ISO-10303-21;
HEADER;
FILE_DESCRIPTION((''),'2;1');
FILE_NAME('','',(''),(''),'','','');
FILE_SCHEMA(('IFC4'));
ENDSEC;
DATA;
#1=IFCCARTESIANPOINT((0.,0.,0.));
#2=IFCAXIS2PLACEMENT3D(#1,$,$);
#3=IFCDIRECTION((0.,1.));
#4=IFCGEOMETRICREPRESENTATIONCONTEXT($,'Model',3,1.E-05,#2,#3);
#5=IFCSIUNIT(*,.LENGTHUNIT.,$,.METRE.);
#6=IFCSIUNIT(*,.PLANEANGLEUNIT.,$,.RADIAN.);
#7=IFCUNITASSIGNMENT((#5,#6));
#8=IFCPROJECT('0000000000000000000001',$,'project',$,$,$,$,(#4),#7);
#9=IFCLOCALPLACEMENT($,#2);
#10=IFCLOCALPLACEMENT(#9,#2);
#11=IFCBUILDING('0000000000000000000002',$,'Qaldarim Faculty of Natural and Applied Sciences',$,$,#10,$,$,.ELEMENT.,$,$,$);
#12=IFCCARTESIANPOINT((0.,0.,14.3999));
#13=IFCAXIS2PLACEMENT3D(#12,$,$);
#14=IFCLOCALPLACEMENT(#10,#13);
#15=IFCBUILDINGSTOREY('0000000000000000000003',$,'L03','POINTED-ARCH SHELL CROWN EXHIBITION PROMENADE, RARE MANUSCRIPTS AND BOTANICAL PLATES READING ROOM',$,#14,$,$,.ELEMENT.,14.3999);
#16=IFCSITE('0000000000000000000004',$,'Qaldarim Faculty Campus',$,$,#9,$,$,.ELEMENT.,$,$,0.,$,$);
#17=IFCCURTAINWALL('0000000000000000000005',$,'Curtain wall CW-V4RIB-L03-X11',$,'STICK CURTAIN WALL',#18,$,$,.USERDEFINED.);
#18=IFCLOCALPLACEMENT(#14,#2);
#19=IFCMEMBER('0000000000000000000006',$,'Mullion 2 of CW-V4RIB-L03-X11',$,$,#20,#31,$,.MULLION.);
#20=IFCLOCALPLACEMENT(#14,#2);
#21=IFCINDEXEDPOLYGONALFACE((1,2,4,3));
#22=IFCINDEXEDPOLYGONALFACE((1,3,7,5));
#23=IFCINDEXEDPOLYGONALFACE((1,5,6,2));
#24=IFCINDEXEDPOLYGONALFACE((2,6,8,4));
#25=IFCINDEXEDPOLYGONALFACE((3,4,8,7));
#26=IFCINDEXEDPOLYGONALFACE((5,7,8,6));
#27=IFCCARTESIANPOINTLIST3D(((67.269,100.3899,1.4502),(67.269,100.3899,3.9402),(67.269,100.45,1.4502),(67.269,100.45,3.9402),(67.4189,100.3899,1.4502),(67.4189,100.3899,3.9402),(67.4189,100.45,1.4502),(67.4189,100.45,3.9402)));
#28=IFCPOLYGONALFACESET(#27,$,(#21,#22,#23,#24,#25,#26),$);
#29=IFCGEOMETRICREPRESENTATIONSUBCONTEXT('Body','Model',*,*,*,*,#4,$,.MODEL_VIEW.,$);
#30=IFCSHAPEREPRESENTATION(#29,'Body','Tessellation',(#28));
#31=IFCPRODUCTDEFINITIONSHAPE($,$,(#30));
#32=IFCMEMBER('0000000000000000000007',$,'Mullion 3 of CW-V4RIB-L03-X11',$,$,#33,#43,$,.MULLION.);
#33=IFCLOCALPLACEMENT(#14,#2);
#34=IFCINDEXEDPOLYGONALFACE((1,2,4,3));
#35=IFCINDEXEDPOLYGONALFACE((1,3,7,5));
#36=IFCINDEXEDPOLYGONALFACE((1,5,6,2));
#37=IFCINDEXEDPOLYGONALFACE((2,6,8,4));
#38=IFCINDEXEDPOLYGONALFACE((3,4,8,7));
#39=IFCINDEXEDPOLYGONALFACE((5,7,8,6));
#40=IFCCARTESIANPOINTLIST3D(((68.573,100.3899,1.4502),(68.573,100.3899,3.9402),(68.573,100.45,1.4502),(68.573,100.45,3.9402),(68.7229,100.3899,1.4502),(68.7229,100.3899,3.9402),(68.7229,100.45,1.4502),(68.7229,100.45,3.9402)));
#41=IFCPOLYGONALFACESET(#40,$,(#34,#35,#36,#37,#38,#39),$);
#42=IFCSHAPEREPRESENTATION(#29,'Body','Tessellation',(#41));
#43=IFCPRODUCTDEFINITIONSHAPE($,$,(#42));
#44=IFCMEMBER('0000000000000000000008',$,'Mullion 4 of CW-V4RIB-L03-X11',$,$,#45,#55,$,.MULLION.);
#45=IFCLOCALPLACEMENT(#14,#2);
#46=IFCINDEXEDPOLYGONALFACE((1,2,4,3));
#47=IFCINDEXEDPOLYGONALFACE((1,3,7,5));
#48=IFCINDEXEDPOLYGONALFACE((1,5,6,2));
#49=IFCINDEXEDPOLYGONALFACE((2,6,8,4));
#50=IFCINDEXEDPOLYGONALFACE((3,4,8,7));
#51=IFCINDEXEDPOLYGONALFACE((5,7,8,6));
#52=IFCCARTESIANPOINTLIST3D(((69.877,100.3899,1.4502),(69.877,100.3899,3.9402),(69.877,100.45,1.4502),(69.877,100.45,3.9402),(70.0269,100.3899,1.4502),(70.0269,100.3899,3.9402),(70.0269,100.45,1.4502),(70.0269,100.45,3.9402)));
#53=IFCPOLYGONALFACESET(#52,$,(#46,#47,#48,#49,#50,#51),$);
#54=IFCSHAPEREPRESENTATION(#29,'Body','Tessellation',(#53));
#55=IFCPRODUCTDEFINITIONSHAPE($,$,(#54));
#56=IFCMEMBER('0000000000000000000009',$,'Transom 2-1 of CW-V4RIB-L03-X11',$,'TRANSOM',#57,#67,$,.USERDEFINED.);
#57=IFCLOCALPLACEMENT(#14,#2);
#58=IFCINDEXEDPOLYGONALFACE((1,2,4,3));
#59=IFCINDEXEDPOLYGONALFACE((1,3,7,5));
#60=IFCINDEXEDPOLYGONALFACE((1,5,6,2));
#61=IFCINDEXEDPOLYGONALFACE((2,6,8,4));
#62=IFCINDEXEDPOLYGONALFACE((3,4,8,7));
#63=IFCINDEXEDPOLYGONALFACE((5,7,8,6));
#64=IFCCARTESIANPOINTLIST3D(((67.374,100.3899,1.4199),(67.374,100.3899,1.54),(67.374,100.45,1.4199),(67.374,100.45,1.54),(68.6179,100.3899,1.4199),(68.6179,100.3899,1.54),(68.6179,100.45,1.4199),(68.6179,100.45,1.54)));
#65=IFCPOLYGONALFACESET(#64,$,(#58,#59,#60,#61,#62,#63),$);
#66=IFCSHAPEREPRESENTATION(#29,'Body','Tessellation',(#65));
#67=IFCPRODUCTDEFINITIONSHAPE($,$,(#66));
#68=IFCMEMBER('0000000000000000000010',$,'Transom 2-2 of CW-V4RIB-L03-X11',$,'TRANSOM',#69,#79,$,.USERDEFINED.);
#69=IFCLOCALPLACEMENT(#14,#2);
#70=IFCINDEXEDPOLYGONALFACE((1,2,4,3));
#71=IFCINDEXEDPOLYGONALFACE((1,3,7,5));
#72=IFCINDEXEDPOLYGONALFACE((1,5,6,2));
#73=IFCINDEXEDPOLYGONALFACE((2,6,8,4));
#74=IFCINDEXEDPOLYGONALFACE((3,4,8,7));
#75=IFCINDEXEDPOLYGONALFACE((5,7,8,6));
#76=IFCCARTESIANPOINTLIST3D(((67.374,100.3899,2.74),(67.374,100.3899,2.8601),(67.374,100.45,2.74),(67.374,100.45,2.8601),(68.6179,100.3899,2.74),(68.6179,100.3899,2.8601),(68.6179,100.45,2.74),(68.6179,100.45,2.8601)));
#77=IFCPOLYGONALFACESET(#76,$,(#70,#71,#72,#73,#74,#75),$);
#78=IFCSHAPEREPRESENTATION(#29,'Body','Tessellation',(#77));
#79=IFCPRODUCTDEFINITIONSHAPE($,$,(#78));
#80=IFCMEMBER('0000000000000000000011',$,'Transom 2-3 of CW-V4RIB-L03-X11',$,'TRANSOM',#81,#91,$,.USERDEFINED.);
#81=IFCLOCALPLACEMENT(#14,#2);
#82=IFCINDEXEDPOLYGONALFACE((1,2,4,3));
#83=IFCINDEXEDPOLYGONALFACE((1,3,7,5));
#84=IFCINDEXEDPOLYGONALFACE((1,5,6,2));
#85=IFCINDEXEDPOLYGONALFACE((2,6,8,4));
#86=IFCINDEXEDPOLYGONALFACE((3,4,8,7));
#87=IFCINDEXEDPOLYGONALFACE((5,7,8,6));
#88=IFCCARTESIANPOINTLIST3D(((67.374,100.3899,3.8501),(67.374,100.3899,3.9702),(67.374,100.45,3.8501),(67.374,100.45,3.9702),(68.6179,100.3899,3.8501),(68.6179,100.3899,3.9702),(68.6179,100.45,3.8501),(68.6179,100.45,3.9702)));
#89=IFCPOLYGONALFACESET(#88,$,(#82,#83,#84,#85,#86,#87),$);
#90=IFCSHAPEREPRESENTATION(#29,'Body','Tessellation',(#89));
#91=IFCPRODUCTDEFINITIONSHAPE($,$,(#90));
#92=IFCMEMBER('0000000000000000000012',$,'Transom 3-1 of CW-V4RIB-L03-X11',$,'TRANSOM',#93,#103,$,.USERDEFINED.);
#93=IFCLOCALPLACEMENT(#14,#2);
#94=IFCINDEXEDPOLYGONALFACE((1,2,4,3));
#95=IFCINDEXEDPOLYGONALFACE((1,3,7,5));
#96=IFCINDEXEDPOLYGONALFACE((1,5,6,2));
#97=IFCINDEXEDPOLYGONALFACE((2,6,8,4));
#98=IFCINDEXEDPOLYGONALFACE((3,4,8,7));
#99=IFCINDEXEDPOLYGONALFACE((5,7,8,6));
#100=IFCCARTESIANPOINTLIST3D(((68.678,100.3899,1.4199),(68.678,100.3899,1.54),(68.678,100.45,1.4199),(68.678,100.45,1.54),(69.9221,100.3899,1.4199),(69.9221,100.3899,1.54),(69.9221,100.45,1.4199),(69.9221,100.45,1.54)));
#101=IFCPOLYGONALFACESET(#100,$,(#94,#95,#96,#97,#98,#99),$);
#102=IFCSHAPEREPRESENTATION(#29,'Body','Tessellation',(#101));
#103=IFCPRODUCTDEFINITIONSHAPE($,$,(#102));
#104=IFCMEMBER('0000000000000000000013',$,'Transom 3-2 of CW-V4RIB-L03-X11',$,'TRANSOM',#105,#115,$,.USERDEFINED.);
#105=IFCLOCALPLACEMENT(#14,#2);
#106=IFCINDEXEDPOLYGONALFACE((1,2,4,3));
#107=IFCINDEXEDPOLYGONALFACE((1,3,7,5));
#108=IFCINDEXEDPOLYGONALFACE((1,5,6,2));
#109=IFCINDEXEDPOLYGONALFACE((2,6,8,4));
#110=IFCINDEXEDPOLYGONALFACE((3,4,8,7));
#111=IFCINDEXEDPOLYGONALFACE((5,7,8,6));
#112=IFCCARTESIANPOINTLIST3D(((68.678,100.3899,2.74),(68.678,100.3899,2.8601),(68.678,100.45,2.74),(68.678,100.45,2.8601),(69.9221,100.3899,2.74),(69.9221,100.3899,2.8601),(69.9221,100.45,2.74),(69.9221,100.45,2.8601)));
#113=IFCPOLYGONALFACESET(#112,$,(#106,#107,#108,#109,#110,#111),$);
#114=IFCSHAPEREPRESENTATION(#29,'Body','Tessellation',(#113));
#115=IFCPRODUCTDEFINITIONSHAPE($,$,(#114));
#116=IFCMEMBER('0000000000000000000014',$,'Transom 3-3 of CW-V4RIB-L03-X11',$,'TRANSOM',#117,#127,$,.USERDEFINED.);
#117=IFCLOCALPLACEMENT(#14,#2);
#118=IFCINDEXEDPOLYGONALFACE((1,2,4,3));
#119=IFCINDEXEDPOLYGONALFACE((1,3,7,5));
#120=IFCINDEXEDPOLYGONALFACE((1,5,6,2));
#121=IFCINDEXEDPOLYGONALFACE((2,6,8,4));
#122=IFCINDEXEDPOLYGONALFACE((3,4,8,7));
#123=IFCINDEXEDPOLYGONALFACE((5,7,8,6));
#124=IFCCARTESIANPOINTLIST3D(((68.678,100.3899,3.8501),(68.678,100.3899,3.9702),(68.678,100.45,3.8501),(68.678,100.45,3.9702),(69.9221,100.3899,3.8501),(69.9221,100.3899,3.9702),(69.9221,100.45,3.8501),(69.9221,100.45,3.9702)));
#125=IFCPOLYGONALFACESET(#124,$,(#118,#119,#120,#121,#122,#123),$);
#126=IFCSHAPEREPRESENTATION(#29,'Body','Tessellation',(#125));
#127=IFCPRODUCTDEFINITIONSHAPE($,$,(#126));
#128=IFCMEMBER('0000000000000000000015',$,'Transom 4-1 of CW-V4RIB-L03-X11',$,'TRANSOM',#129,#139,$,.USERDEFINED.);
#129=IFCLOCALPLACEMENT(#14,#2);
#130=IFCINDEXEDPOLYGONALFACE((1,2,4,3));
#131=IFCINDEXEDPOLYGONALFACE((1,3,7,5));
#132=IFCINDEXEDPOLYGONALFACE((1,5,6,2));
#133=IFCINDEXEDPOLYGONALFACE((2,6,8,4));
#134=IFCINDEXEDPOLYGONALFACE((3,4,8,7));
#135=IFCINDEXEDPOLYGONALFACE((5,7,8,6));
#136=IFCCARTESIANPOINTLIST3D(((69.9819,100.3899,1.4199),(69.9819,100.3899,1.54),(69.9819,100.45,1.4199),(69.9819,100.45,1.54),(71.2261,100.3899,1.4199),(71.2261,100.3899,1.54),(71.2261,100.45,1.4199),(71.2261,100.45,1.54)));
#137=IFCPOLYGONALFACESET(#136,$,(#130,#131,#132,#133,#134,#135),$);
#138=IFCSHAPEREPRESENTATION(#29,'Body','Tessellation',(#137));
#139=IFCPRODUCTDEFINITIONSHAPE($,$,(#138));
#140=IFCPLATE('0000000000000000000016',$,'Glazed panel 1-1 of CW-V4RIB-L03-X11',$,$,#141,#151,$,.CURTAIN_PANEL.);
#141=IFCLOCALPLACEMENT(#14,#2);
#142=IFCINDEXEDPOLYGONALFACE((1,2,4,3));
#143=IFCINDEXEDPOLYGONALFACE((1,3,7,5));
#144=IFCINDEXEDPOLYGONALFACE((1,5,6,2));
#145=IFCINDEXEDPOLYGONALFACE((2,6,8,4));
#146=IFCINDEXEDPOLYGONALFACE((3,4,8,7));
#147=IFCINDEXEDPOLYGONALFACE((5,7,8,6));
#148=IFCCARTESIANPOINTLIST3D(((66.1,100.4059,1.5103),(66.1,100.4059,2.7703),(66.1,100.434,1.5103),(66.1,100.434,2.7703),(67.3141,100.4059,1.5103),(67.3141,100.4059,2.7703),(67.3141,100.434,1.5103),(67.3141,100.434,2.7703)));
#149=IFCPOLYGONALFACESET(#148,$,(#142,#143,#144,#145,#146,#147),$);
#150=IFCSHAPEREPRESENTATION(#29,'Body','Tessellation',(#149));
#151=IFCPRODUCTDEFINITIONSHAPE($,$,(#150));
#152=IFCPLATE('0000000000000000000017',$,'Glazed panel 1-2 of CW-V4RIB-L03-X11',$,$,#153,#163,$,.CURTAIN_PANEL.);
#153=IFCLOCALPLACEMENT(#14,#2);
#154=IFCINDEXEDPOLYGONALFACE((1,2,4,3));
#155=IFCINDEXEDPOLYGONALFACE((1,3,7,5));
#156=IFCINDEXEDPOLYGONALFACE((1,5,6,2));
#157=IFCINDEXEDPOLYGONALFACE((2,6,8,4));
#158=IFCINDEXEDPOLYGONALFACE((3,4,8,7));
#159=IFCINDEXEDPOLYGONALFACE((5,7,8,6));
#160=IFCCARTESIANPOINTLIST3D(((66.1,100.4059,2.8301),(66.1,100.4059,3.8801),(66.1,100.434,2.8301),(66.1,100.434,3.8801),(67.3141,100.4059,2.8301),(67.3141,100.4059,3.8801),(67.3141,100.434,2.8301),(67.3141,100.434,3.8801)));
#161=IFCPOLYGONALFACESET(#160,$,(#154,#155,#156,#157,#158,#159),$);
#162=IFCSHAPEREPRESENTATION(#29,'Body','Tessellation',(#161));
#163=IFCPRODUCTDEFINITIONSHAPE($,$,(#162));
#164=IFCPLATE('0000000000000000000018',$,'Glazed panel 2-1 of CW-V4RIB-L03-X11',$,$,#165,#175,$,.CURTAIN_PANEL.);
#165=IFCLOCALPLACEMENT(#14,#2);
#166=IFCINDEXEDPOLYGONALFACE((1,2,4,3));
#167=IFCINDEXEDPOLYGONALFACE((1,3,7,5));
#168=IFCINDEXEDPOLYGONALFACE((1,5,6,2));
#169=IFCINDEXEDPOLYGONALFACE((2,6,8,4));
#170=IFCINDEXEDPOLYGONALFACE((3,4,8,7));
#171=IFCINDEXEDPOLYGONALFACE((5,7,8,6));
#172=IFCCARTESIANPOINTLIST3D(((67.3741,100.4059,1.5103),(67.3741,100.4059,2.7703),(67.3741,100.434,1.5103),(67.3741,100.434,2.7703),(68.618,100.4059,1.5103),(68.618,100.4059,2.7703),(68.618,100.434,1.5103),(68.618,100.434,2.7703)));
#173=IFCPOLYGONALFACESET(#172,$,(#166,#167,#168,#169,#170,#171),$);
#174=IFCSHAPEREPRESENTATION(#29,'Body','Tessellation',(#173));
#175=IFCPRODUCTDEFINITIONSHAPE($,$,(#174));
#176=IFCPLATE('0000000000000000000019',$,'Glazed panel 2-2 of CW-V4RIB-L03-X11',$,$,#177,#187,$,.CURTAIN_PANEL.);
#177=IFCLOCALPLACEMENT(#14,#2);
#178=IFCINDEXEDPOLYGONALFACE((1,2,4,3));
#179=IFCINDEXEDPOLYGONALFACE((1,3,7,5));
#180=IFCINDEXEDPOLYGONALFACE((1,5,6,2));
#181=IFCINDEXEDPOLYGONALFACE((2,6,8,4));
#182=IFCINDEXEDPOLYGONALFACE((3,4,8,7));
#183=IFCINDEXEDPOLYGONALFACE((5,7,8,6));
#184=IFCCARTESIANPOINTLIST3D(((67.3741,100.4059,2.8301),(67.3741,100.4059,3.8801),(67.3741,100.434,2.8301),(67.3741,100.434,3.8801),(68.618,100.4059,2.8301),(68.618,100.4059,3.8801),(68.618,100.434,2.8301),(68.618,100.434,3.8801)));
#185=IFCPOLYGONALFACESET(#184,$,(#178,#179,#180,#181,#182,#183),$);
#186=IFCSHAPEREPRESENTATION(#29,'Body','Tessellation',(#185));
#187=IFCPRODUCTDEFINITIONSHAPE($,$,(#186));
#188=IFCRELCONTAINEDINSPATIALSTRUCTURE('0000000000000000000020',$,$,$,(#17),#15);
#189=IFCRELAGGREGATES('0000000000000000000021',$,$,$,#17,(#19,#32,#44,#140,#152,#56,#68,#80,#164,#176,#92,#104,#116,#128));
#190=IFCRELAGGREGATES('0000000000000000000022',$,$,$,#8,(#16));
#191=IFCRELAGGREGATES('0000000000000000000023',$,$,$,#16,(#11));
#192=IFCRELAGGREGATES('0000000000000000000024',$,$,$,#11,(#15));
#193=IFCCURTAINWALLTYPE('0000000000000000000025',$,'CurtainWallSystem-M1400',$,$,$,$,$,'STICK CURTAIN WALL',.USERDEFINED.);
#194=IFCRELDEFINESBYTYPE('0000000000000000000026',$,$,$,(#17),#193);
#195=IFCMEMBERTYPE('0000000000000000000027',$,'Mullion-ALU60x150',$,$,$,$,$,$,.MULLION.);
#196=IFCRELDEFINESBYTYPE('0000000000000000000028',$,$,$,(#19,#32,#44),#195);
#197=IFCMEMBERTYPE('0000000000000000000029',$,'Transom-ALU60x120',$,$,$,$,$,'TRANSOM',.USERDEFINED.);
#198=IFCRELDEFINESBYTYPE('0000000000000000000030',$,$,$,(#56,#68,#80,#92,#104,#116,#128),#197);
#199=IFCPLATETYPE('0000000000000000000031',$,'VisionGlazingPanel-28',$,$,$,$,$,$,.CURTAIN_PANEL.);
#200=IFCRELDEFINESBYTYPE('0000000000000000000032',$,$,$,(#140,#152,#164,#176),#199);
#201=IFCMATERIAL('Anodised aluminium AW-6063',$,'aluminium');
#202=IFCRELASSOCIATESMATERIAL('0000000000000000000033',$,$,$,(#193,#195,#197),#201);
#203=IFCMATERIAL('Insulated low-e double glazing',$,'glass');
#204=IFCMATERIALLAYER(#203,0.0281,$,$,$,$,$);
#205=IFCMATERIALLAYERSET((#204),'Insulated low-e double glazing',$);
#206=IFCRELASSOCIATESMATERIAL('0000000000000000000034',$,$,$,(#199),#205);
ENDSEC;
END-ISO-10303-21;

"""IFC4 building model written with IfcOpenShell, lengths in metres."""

from ifc_helpers import new_model, si_unit, direction, frame, origin, origin_2d, place, context, subcontext, project, spatial, rectangle, extrude, material, layer, layer_set, material_profile, profile_set, type_object, element, aggregate, save


model = new_model("IFC4")

# Units and contexts
model_context = context("Model", 3, precision=1e-05, world=origin(), true_north=direction((0.0, 1.0)))
body_context = subcontext(model_context, "Body", "Model", "MODEL_VIEW")
ifc_project = project(units=[si_unit("LENGTHUNIT", "METRE"), si_unit("PLANEANGLEUNIT", "RADIAN")], contexts=[model_context])

# Site, building, storey
site_placement = place(None, origin())
site = spatial("IfcSite", under=ifc_project, at=site_placement, Name="Qaldarim Faculty Campus", CompositionType="ELEMENT", RefElevation=0.0)
building_placement = place(site_placement, origin())
building = spatial("IfcBuilding", under=site, at=building_placement, Name="Qaldarim Faculty of Natural and Applied Sciences", CompositionType="ELEMENT")
storey_placement = place(building_placement, frame((0.0, 0.0, 14.3999)))
storey = spatial("IfcBuildingStorey", under=building, at=storey_placement, Name="L03", Description="POINTED-ARCH SHELL CROWN EXHIBITION PROMENADE, RARE MANUSCRIPTS AND BOTANICAL PLATES READING ROOM", CompositionType="ELEMENT", Elevation=14.3999)

# Curtain wall, members, plates
ifc_material_1 = material(Name="Anodised aluminium AW-6063", Category="aluminium")
curtain_wall_type = type_object("IfcCurtainWallType", Name="CurtainWallSystem-M1400", ElementType="STICK CURTAIN WALL", PredefinedType="USERDEFINED", material=ifc_material_1)
curtain_wall_placement = place(storey_placement, origin())
curtain_wall = element("IfcCurtainWall", 1, at=curtain_wall_placement, inside=storey, type_object=curtain_wall_type, Name="Curtain wall CW-V4RIB-L03-X11", ObjectType="STICK CURTAIN WALL", PredefinedType="USERDEFINED")
ifc_material_profile_1 = material_profile(ifc_material_1, rectangle(XDim=0.0601, YDim=0.1499, at=origin_2d()), Name="ALU-M60x150")
ifc_profile_set_1 = profile_set([ifc_material_profile_1], Name="Anodised aluminium AW-6063")
member_type_1 = type_object("IfcMemberType", Name="Mullion-ALU60x150", PredefinedType="MULLION", material=ifc_profile_set_1)
member_1_placement = place(storey_placement, frame((67.344, 100.4199, 1.4502), z_axis=(0.0, 0.0, 1.0), x_axis=(0.0, 1.0, 0.0)))
member_1 = element("IfcMember", 2, at=member_1_placement, type_object=member_type_1, Name="Mullion 2 of CW-V4RIB-L03-X11", PredefinedType="MULLION", context=body_context, shape_type="SweptSolid", body=[
    extrude(rectangle(XDim=0.0601, YDim=0.1499, at=origin_2d()), origin(), (0.0, 0.0, 1.0), 2.49),
])
member_2_placement = place(storey_placement, frame((68.6479, 100.4199, 1.4502), z_axis=(0.0, 0.0, 1.0), x_axis=(0.0, 1.0, 0.0)))
member_2 = element("IfcMember", 3, at=member_2_placement, type_object=member_type_1, Name="Mullion 3 of CW-V4RIB-L03-X11", PredefinedType="MULLION", context=body_context, shape_type="SweptSolid", body=[
    extrude(rectangle(XDim=0.0601, YDim=0.1499, at=origin_2d()), origin(), (0.0, 0.0, 1.0), 2.49),
])
member_3_placement = place(storey_placement, frame((69.9519, 100.4199, 1.4502), z_axis=(0.0, 0.0, 1.0), x_axis=(0.0, 1.0, 0.0)))
member_3 = element("IfcMember", 4, at=member_3_placement, type_object=member_type_1, Name="Mullion 4 of CW-V4RIB-L03-X11", PredefinedType="MULLION", context=body_context, shape_type="SweptSolid", body=[
    extrude(rectangle(XDim=0.0601, YDim=0.1499, at=origin_2d()), origin(), (0.0, 0.0, 1.0), 2.49),
])
ifc_material_profile_2 = material_profile(ifc_material_1, rectangle(XDim=0.0601, YDim=0.1201, at=origin_2d()), Name="ALU-T60x120")
ifc_profile_set_2 = profile_set([ifc_material_profile_2], Name="Anodised aluminium AW-6063")
member_type_2 = type_object("IfcMemberType", Name="Transom-ALU60x120", ElementType="TRANSOM", PredefinedType="USERDEFINED", material=ifc_profile_set_2)
member_4_placement = place(storey_placement, frame((67.374, 100.4199, 1.48), z_axis=(1.0, 0.0, 0.0), x_axis=(0.0, 1.0, 0.0)))
member_4 = element("IfcMember", 5, at=member_4_placement, type_object=member_type_2, Name="Transom 2-1 of CW-V4RIB-L03-X11", ObjectType="TRANSOM", PredefinedType="USERDEFINED", context=body_context, shape_type="SweptSolid", body=[
    extrude(rectangle(XDim=0.0601, YDim=0.1201, at=origin_2d()), origin(), (0.0, 0.0, 1.0), 1.2439),
])
member_5_placement = place(storey_placement, frame((67.374, 100.4199, 2.8), z_axis=(1.0, 0.0, 0.0), x_axis=(0.0, 1.0, 0.0)))
member_5 = element("IfcMember", 6, at=member_5_placement, type_object=member_type_2, Name="Transom 2-2 of CW-V4RIB-L03-X11", ObjectType="TRANSOM", PredefinedType="USERDEFINED", context=body_context, shape_type="SweptSolid", body=[
    extrude(rectangle(XDim=0.0601, YDim=0.1201, at=origin_2d()), origin(), (0.0, 0.0, 1.0), 1.2439),
])
member_6_placement = place(storey_placement, frame((67.374, 100.4199, 3.9102), z_axis=(1.0, 0.0, 0.0), x_axis=(0.0, 1.0, 0.0)))
member_6 = element("IfcMember", 7, at=member_6_placement, type_object=member_type_2, Name="Transom 2-3 of CW-V4RIB-L03-X11", ObjectType="TRANSOM", PredefinedType="USERDEFINED", context=body_context, shape_type="SweptSolid", body=[
    extrude(rectangle(XDim=0.0601, YDim=0.1201, at=origin_2d()), origin(), (0.0, 0.0, 1.0), 1.2439),
])
member_7_placement = place(storey_placement, frame((68.678, 100.4199, 1.48), z_axis=(1.0, 0.0, 0.0), x_axis=(0.0, 1.0, 0.0)))
member_7 = element("IfcMember", 8, at=member_7_placement, type_object=member_type_2, Name="Transom 3-1 of CW-V4RIB-L03-X11", ObjectType="TRANSOM", PredefinedType="USERDEFINED", context=body_context, shape_type="SweptSolid", body=[
    extrude(rectangle(XDim=0.0601, YDim=0.1201, at=origin_2d()), origin(), (0.0, 0.0, 1.0), 1.2441),
])
member_8_placement = place(storey_placement, frame((68.678, 100.4199, 2.8), z_axis=(1.0, 0.0, 0.0), x_axis=(0.0, 1.0, 0.0)))
member_8 = element("IfcMember", 9, at=member_8_placement, type_object=member_type_2, Name="Transom 3-2 of CW-V4RIB-L03-X11", ObjectType="TRANSOM", PredefinedType="USERDEFINED", context=body_context, shape_type="SweptSolid", body=[
    extrude(rectangle(XDim=0.0601, YDim=0.1201, at=origin_2d()), origin(), (0.0, 0.0, 1.0), 1.2441),
])
member_9_placement = place(storey_placement, frame((68.678, 100.4199, 3.9102), z_axis=(1.0, 0.0, 0.0), x_axis=(0.0, 1.0, 0.0)))
member_9 = element("IfcMember", 10, at=member_9_placement, type_object=member_type_2, Name="Transom 3-3 of CW-V4RIB-L03-X11", ObjectType="TRANSOM", PredefinedType="USERDEFINED", context=body_context, shape_type="SweptSolid", body=[
    extrude(rectangle(XDim=0.0601, YDim=0.1201, at=origin_2d()), origin(), (0.0, 0.0, 1.0), 1.2441),
])
member_10_placement = place(storey_placement, frame((69.9819, 100.4199, 1.48), z_axis=(1.0, 0.0, 0.0), x_axis=(0.0, 1.0, 0.0)))
member_10 = element("IfcMember", 11, at=member_10_placement, type_object=member_type_2, Name="Transom 4-1 of CW-V4RIB-L03-X11", ObjectType="TRANSOM", PredefinedType="USERDEFINED", context=body_context, shape_type="SweptSolid", body=[
    extrude(rectangle(XDim=0.0601, YDim=0.1201, at=origin_2d()), origin(), (0.0, 0.0, 1.0), 1.2441),
])
ifc_material_2 = material(Name="Insulated low-e double glazing", Category="glass")
ifc_layer_1 = layer(ifc_material_2, 0.0281)
ifc_layer_set_1 = layer_set([ifc_layer_1], Name="Insulated low-e double glazing")
plate_type = type_object("IfcPlateType", Name="VisionGlazingPanel-28", PredefinedType="CURTAIN_PANEL", material=ifc_layer_set_1)
plate_1_placement = place(storey_placement, frame((66.707, 100.4199, 1.5103), z_axis=(0.0, 0.0, 1.0), x_axis=(1.0, 0.0, 0.0)))
plate_1 = element("IfcPlate", 12, at=plate_1_placement, type_object=plate_type, Name="Glazed panel 1-1 of CW-V4RIB-L03-X11", PredefinedType="CURTAIN_PANEL", context=body_context, shape_type="SweptSolid", body=[
    extrude(rectangle(XDim=1.2141, YDim=0.0281, at=origin_2d()), origin(), (0.0, 0.0, 1.0), 1.26),
])
plate_2_placement = place(storey_placement, frame((66.707, 100.4199, 2.8301), z_axis=(0.0, 0.0, 1.0), x_axis=(1.0, 0.0, 0.0)))
plate_2 = element("IfcPlate", 13, at=plate_2_placement, type_object=plate_type, Name="Glazed panel 1-2 of CW-V4RIB-L03-X11", PredefinedType="CURTAIN_PANEL", context=body_context, shape_type="SweptSolid", body=[
    extrude(rectangle(XDim=1.2141, YDim=0.0281, at=origin_2d()), origin(), (0.0, 0.0, 1.0), 1.05),
])
plate_3_placement = place(storey_placement, frame((67.9961, 100.4199, 1.5103), z_axis=(0.0, 0.0, 1.0), x_axis=(1.0, 0.0, 0.0)))
plate_3 = element("IfcPlate", 14, at=plate_3_placement, type_object=plate_type, Name="Glazed panel 2-1 of CW-V4RIB-L03-X11", PredefinedType="CURTAIN_PANEL", context=body_context, shape_type="SweptSolid", body=[
    extrude(rectangle(XDim=1.2439, YDim=0.0281, at=origin_2d()), origin(), (0.0, 0.0, 1.0), 1.26),
])
plate_4_placement = place(storey_placement, frame((67.9961, 100.4199, 2.8301), z_axis=(0.0, 0.0, 1.0), x_axis=(1.0, 0.0, 0.0)))
plate_4 = element("IfcPlate", 15, at=plate_4_placement, type_object=plate_type, Name="Glazed panel 2-2 of CW-V4RIB-L03-X11", PredefinedType="CURTAIN_PANEL", context=body_context, shape_type="SweptSolid", body=[
    extrude(rectangle(XDim=1.2439, YDim=0.0281, at=origin_2d()), origin(), (0.0, 0.0, 1.0), 1.05),
])
aggregate(curtain_wall, [member_1, member_2, member_3, plate_1, plate_2, member_4, member_5, member_6, plate_3, plate_4, member_7, member_8, member_9, member_10])

save(model, "model.ifc")
